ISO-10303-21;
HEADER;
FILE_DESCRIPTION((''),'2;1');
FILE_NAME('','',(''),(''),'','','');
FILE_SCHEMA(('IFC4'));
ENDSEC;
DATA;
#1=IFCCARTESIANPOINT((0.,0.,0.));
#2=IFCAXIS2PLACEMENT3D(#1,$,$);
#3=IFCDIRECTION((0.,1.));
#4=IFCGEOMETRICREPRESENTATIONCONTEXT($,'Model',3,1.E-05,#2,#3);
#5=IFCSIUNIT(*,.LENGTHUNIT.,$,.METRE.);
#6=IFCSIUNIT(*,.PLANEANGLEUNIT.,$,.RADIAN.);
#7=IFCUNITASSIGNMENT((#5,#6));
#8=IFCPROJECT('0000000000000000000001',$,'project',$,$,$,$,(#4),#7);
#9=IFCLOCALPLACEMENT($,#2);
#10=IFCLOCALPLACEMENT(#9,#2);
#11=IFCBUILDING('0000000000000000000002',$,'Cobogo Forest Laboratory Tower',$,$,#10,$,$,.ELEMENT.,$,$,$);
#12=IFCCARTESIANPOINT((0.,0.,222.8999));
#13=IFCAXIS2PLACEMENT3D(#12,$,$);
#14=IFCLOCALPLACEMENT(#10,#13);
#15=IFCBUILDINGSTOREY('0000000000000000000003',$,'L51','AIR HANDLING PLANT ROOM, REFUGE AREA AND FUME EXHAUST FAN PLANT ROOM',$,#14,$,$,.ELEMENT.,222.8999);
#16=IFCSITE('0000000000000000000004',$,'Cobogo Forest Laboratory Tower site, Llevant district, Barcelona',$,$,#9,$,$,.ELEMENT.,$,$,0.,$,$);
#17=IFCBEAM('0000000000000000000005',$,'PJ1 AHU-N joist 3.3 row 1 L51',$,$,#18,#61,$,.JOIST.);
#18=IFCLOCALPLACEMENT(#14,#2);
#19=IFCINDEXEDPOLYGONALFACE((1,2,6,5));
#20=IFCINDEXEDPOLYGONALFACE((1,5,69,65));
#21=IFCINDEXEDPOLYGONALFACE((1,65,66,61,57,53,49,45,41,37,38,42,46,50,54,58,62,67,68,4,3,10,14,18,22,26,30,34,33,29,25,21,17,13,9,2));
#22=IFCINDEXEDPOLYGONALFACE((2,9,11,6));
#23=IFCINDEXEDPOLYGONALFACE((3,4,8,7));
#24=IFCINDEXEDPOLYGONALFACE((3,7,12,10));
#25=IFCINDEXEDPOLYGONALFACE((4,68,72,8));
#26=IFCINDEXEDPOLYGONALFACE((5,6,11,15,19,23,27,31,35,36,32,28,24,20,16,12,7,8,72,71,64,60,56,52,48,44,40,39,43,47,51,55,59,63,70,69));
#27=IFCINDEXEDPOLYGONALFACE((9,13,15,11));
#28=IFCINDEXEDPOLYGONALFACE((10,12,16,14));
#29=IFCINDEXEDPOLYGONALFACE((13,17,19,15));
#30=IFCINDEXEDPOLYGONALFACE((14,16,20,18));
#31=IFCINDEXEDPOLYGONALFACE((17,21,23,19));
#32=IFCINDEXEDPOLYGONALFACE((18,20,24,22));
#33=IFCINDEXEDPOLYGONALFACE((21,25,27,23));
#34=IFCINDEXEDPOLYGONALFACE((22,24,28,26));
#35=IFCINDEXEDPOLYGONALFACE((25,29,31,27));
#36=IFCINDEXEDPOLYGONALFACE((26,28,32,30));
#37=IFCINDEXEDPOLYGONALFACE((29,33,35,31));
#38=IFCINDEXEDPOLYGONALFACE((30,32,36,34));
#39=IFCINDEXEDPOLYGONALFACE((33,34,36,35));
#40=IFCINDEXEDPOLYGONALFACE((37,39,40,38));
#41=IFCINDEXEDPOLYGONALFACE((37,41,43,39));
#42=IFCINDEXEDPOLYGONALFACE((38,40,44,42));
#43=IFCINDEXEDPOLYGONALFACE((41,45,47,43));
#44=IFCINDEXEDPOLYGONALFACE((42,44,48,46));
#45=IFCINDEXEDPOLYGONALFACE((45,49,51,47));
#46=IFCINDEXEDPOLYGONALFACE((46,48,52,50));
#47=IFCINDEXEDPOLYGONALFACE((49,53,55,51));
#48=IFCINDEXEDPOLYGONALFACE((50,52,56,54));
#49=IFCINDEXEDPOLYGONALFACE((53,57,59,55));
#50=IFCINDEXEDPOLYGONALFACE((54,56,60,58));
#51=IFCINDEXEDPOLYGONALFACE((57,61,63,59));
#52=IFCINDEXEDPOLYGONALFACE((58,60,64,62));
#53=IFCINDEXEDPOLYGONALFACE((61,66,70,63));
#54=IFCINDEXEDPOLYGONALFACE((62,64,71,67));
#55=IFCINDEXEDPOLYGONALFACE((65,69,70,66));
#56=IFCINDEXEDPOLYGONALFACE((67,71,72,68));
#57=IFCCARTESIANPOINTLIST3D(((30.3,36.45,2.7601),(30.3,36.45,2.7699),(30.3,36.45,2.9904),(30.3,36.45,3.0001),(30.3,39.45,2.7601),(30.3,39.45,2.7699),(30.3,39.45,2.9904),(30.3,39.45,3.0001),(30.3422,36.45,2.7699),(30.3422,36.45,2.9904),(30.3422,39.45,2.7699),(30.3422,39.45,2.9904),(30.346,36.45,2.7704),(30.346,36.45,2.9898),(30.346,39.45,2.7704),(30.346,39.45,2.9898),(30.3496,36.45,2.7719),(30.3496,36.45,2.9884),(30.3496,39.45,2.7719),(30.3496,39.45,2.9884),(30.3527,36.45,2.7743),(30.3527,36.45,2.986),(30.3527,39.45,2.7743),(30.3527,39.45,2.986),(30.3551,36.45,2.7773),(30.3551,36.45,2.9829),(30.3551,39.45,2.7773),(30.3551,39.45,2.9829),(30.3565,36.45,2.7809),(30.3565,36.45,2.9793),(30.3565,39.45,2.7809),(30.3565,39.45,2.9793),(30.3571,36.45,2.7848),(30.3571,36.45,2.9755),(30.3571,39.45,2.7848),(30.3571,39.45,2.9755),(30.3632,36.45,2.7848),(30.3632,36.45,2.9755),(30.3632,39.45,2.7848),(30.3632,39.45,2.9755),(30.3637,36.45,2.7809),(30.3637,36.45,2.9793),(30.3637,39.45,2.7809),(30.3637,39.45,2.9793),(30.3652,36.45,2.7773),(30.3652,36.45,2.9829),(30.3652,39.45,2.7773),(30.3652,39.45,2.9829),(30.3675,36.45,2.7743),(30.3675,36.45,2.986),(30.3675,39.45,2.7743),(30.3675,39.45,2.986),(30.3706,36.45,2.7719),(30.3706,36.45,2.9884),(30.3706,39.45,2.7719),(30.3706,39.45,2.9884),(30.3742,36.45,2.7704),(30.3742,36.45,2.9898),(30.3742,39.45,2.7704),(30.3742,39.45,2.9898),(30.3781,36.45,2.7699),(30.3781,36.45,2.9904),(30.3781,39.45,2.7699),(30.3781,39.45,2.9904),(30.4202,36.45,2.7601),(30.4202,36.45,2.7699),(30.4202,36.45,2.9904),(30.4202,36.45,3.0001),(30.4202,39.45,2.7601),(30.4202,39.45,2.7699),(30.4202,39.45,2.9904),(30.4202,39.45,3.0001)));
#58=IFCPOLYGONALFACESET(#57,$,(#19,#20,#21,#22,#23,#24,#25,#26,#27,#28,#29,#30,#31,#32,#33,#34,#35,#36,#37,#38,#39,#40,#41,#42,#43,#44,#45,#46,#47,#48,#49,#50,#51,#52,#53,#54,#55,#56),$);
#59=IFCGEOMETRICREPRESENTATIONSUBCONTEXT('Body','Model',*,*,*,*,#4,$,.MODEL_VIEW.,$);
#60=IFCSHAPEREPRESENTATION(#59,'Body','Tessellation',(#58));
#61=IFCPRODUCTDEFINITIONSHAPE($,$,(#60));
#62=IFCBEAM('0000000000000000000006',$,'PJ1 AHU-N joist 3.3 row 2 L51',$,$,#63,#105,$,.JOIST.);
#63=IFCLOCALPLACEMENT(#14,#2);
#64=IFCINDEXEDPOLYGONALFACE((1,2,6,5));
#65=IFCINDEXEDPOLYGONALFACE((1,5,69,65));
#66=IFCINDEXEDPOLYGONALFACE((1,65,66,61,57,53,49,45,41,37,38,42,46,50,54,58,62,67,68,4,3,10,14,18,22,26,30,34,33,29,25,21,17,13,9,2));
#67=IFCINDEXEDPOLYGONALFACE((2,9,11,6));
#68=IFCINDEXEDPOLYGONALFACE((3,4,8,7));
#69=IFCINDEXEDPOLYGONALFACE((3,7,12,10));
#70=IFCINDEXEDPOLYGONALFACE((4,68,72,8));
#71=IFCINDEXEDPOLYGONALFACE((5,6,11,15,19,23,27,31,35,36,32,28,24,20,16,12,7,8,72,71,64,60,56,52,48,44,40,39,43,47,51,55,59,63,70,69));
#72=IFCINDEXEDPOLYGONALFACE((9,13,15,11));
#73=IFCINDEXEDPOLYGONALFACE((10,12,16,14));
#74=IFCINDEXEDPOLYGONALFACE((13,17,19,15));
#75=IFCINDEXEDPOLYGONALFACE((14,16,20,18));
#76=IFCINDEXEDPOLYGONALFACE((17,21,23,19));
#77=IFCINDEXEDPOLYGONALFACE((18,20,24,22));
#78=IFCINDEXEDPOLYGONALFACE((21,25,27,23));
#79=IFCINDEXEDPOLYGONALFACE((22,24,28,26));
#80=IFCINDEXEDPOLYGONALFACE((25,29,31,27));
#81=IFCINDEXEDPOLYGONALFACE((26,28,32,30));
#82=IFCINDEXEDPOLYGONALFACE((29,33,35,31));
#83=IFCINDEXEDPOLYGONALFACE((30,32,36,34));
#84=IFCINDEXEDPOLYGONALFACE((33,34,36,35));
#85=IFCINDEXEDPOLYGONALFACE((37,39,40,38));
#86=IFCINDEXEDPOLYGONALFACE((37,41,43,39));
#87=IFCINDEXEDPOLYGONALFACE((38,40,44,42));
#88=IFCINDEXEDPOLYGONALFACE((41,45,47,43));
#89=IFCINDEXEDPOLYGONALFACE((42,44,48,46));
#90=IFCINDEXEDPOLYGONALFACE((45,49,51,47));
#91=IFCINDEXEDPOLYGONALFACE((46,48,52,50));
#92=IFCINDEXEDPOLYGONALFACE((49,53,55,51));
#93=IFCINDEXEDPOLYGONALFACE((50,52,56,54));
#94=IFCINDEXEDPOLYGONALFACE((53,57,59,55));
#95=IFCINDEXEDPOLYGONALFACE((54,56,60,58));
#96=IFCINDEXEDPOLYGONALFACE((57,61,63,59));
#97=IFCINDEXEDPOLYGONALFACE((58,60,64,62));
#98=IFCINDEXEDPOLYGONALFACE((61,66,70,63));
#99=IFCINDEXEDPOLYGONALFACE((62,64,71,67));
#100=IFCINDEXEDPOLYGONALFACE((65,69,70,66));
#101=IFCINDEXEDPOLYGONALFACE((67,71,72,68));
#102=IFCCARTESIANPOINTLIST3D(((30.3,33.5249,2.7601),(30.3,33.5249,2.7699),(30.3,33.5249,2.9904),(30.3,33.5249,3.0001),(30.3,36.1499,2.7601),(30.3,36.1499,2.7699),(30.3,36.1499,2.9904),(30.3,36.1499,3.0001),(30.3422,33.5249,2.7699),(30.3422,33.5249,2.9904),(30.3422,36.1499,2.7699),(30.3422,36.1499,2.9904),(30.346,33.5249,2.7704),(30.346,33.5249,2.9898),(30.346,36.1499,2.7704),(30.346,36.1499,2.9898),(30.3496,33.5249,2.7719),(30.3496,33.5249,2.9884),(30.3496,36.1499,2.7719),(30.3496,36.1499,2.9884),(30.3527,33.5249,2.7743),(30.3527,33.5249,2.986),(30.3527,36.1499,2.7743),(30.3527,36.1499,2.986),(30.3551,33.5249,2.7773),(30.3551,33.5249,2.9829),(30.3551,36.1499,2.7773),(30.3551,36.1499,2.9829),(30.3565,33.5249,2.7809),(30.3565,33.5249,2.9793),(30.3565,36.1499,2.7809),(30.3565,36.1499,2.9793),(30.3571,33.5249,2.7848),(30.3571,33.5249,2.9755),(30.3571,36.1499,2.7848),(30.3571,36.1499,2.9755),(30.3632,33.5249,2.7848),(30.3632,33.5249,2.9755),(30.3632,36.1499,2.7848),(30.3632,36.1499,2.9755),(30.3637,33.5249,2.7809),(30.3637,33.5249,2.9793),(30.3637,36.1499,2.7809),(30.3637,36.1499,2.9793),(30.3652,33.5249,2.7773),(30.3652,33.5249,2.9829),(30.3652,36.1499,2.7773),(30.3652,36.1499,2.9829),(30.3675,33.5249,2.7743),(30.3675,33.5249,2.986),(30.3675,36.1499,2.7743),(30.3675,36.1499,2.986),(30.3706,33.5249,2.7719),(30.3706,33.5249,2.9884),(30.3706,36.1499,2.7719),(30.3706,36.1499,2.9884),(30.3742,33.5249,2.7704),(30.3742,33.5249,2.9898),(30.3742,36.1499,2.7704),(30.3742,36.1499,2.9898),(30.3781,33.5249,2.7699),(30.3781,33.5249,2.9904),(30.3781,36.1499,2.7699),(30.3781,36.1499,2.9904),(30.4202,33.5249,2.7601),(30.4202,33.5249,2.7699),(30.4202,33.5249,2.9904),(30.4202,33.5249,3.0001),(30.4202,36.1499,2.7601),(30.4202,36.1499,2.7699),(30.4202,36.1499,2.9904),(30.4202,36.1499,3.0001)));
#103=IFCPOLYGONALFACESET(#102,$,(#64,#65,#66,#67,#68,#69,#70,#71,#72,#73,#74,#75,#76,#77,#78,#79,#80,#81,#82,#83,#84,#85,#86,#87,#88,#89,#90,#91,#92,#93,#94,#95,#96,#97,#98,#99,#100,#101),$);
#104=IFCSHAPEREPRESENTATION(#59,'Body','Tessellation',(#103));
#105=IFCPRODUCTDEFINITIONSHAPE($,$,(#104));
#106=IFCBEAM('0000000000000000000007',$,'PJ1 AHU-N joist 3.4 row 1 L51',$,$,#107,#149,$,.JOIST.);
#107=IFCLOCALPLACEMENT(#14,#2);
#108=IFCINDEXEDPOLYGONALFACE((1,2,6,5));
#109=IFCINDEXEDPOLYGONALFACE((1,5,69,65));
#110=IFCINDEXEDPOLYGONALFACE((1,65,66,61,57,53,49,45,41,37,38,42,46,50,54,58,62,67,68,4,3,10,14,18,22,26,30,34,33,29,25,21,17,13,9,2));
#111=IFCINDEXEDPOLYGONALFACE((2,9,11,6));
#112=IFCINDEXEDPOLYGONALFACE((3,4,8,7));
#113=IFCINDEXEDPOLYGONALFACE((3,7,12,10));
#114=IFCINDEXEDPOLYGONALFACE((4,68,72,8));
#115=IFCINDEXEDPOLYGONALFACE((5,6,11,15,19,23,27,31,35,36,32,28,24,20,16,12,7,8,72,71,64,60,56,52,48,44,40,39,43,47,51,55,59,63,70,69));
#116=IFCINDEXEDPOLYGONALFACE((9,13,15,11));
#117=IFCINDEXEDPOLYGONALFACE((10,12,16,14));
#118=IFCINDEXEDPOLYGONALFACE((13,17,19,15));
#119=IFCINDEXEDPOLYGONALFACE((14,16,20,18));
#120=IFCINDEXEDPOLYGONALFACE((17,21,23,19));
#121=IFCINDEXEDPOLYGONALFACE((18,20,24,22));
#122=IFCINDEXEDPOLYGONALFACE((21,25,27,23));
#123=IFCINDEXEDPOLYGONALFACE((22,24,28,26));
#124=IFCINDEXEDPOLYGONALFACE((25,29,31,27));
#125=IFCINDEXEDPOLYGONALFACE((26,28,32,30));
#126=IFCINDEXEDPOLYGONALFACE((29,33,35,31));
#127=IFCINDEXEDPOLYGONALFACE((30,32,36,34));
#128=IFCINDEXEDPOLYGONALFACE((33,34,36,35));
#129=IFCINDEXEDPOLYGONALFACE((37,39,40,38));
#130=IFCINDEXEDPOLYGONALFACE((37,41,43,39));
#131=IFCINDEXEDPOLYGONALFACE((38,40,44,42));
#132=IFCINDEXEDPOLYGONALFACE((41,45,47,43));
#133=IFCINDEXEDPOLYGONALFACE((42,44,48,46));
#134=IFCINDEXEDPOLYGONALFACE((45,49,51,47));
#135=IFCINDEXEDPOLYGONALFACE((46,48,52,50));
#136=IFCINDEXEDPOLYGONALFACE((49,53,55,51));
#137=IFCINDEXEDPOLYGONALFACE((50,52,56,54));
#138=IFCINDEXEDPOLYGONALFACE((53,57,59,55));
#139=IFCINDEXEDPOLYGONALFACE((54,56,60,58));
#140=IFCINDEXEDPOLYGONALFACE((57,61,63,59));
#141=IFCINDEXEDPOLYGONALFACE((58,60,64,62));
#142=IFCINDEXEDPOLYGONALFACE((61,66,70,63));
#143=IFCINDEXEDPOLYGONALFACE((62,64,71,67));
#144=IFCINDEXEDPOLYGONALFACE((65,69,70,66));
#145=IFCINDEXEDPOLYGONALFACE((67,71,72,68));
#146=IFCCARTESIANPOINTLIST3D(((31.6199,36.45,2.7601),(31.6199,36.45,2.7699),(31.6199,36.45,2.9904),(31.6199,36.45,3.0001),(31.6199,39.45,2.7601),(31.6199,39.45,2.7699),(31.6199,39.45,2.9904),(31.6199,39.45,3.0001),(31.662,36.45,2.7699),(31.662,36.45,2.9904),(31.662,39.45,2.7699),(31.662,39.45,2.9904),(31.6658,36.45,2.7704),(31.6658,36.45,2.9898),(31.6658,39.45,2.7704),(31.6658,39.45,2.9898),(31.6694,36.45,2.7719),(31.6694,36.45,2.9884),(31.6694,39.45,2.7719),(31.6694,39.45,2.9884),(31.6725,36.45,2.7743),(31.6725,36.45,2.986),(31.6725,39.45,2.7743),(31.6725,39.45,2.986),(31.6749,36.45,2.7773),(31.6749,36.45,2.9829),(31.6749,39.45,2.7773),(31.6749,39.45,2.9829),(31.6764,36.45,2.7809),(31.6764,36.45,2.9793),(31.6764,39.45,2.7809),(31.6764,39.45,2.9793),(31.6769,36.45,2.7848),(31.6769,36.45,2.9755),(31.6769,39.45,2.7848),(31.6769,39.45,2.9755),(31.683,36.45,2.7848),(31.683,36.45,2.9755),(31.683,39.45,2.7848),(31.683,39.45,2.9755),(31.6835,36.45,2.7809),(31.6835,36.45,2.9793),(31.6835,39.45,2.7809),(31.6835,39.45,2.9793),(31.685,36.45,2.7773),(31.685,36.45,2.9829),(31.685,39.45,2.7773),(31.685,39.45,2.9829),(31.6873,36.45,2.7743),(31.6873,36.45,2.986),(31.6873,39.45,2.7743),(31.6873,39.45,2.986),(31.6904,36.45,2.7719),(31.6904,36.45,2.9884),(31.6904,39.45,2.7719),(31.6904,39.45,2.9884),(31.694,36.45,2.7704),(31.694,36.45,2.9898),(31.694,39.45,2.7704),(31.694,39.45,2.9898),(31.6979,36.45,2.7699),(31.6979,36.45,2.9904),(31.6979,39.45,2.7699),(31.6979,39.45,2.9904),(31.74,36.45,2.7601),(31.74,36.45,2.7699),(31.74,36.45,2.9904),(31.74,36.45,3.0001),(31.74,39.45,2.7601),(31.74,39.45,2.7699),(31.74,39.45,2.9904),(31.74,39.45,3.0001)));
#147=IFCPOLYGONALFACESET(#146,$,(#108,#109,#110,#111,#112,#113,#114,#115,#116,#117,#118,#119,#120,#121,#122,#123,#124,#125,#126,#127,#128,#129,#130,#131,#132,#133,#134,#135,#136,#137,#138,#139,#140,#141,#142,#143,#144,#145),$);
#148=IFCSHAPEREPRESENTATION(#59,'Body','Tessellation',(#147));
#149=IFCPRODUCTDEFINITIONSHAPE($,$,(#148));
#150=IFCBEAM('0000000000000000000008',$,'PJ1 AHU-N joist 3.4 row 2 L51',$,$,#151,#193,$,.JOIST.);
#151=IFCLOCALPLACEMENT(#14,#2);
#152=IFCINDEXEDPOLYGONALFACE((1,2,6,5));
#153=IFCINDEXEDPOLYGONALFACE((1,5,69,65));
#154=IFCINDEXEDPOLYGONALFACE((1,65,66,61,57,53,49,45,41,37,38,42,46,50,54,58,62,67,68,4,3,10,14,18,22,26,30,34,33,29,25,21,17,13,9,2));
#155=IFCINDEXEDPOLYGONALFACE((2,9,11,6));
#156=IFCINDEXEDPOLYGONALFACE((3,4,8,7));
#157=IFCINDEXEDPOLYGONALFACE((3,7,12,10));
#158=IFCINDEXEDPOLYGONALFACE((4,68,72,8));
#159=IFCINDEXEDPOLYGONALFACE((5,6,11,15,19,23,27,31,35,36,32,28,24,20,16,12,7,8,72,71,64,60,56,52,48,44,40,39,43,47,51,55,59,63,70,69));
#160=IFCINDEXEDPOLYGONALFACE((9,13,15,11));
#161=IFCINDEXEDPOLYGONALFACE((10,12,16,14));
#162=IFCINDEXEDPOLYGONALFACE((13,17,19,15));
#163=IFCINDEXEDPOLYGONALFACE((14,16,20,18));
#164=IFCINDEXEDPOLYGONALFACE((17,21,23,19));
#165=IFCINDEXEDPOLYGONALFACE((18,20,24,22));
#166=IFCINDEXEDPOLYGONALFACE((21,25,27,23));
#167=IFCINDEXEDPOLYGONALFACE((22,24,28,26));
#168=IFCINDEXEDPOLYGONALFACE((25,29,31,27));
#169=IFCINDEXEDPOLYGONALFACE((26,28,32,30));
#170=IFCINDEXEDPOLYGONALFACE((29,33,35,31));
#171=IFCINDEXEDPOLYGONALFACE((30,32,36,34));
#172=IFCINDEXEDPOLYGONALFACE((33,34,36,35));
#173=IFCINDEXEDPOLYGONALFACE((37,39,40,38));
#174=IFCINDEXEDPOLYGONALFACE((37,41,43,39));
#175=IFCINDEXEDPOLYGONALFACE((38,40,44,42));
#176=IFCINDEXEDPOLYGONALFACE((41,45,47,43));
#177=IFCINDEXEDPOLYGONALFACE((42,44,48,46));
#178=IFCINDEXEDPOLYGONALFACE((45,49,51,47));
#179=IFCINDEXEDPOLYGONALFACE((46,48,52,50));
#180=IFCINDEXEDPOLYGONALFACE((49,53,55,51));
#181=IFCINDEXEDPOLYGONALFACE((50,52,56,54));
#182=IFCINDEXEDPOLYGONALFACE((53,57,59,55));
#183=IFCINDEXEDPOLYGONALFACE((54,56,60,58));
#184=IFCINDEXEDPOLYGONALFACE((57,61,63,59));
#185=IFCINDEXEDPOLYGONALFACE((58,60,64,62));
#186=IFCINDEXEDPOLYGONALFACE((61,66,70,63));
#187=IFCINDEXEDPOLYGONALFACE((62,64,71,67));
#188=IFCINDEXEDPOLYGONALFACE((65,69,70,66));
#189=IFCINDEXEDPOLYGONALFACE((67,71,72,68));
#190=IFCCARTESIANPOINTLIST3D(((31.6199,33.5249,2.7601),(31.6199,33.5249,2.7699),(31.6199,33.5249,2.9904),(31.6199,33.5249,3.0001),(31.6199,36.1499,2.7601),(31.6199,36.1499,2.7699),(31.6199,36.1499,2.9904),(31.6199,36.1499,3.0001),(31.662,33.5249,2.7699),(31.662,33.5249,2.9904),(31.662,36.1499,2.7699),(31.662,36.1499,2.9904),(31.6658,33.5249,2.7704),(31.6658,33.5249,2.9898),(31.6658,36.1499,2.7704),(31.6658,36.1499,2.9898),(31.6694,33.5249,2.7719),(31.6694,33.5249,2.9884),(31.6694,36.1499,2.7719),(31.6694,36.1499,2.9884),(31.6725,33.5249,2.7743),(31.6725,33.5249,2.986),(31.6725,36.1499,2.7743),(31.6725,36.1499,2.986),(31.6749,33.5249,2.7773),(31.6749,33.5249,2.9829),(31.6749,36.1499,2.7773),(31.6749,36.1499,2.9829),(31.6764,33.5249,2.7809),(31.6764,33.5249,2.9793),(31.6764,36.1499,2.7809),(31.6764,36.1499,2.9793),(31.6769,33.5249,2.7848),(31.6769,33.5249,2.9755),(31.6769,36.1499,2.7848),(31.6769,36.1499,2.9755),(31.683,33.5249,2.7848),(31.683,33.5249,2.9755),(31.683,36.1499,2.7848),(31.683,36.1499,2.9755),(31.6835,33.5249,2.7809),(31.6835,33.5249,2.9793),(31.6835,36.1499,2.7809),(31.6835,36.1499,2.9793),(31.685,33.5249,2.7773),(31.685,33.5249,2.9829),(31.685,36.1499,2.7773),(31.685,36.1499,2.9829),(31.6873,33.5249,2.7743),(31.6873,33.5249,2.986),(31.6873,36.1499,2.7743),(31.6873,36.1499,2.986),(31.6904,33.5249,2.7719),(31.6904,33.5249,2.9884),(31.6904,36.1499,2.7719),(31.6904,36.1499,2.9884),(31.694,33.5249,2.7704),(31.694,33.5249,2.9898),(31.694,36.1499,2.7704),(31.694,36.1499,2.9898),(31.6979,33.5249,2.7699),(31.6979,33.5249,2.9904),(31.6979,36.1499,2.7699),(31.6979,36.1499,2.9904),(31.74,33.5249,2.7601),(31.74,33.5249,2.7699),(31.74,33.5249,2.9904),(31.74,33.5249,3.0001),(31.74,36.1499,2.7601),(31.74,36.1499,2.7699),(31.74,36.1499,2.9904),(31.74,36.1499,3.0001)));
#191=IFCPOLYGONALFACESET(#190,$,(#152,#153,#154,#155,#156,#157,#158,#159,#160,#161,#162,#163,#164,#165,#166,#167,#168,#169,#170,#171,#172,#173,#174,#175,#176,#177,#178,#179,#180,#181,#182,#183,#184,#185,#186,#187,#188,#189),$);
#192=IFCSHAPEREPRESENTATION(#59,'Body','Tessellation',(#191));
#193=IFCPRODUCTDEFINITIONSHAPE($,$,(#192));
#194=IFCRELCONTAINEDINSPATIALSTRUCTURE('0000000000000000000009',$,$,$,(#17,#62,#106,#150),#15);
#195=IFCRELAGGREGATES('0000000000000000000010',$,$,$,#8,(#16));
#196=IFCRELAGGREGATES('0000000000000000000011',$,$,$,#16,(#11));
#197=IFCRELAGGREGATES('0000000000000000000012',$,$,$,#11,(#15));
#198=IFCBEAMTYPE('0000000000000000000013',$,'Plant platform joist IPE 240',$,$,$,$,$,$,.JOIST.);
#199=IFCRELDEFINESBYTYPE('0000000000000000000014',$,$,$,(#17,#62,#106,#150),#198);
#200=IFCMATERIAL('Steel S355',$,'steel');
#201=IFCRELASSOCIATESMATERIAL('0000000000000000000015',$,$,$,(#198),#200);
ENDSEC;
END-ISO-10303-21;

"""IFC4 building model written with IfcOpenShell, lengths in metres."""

from ifc_helpers import new_model, si_unit, direction, frame, origin, origin_2d, place, context, subcontext, project, spatial, i_section, extrude, material, material_profile, profile_set, type_object, element, save


model = new_model("IFC4")

# Units and contexts
model_context = context("Model", 3, precision=1e-05, world=origin(), true_north=direction((0.0, 1.0)))
body_context = subcontext(model_context, "Body", "Model", "MODEL_VIEW")
ifc_project = project(units=[si_unit("LENGTHUNIT", "METRE"), si_unit("PLANEANGLEUNIT", "RADIAN")], contexts=[model_context])

# Site, building, storey
site_placement = place(None, origin())
site = spatial("IfcSite", under=ifc_project, at=site_placement, Name="Cobogo Forest Laboratory Tower site, Llevant district, Barcelona", CompositionType="ELEMENT", RefElevation=0.0)
building_placement = place(site_placement, origin())
building = spatial("IfcBuilding", under=site, at=building_placement, Name="Cobogo Forest Laboratory Tower", CompositionType="ELEMENT")
storey_placement = place(building_placement, frame((0.0, 0.0, 222.8999)))
storey = spatial("IfcBuildingStorey", under=building, at=storey_placement, Name="L51", Description="AIR HANDLING PLANT ROOM, REFUGE AREA AND FUME EXHAUST FAN PLANT ROOM", CompositionType="ELEMENT", Elevation=222.8999)

# Shared definitions
ifc_material_1 = material(Name="Steel S355", Category="steel")

# Beams
ifc_material_profile_1 = material_profile(ifc_material_1, i_section(OverallWidth=0.1201, OverallDepth=0.24, WebThickness=0.0061, FlangeThickness=0.0098, FilletRadius=0.0149, at=origin_2d()), Name="IPE 240")
ifc_profile_set_1 = profile_set([ifc_material_profile_1], Name="Steel S355")
beam_type_1 = type_object("IfcBeamType", Name="Plant platform joist IPE 240", PredefinedType="JOIST", material=ifc_profile_set_1)
beam_1_placement = place(storey_placement, frame((30.3601, 39.45, 2.8801), z_axis=(0.0, -1.0, 0.0), x_axis=(1.0, 0.0, 0.0)))
element("IfcBeam", 1, at=beam_1_placement, inside=storey, type_object=beam_type_1, Name="PJ1 AHU-N joist 3.3 row 1 L51", PredefinedType="JOIST", context=body_context, shape_type="SweptSolid", body=[
    extrude(i_section(OverallWidth=0.1201, OverallDepth=0.24, WebThickness=0.0061, FlangeThickness=0.0098, FilletRadius=0.0149, at=origin_2d()), origin(), (0.0, 0.0, 1.0), 3.0),
])
beam_2_placement = place(storey_placement, frame((30.3601, 36.1499, 2.8801), z_axis=(0.0, -1.0, 0.0), x_axis=(1.0, 0.0, 0.0)))
element("IfcBeam", 2, at=beam_2_placement, inside=storey, type_object=beam_type_1, Name="PJ1 AHU-N joist 3.3 row 2 L51", PredefinedType="JOIST", context=body_context, shape_type="SweptSolid", body=[
    extrude(i_section(OverallWidth=0.1201, OverallDepth=0.24, WebThickness=0.0061, FlangeThickness=0.0098, FilletRadius=0.0149, at=origin_2d()), origin(), (0.0, 0.0, 1.0), 2.625),
])
beam_3_placement = place(storey_placement, frame((31.6799, 39.45, 2.8801), z_axis=(0.0, -1.0, 0.0), x_axis=(1.0, 0.0, 0.0)))
element("IfcBeam", 3, at=beam_3_placement, inside=storey, type_object=beam_type_1, Name="PJ1 AHU-N joist 3.4 row 1 L51", PredefinedType="JOIST", context=body_context, shape_type="SweptSolid", body=[
    extrude(i_section(OverallWidth=0.1201, OverallDepth=0.24, WebThickness=0.0061, FlangeThickness=0.0098, FilletRadius=0.0149, at=origin_2d()), origin(), (0.0, 0.0, 1.0), 3.0),
])
beam_4_placement = place(storey_placement, frame((31.6799, 36.1499, 2.8801), z_axis=(0.0, -1.0, 0.0), x_axis=(1.0, 0.0, 0.0)))
element("IfcBeam", 4, at=beam_4_placement, inside=storey, type_object=beam_type_1, Name="PJ1 AHU-N joist 3.4 row 2 L51", PredefinedType="JOIST", context=body_context, shape_type="SweptSolid", body=[
    extrude(i_section(OverallWidth=0.1201, OverallDepth=0.24, WebThickness=0.0061, FlangeThickness=0.0098, FilletRadius=0.0149, at=origin_2d()), origin(), (0.0, 0.0, 1.0), 2.625),
])

save(model, "model.ifc")
